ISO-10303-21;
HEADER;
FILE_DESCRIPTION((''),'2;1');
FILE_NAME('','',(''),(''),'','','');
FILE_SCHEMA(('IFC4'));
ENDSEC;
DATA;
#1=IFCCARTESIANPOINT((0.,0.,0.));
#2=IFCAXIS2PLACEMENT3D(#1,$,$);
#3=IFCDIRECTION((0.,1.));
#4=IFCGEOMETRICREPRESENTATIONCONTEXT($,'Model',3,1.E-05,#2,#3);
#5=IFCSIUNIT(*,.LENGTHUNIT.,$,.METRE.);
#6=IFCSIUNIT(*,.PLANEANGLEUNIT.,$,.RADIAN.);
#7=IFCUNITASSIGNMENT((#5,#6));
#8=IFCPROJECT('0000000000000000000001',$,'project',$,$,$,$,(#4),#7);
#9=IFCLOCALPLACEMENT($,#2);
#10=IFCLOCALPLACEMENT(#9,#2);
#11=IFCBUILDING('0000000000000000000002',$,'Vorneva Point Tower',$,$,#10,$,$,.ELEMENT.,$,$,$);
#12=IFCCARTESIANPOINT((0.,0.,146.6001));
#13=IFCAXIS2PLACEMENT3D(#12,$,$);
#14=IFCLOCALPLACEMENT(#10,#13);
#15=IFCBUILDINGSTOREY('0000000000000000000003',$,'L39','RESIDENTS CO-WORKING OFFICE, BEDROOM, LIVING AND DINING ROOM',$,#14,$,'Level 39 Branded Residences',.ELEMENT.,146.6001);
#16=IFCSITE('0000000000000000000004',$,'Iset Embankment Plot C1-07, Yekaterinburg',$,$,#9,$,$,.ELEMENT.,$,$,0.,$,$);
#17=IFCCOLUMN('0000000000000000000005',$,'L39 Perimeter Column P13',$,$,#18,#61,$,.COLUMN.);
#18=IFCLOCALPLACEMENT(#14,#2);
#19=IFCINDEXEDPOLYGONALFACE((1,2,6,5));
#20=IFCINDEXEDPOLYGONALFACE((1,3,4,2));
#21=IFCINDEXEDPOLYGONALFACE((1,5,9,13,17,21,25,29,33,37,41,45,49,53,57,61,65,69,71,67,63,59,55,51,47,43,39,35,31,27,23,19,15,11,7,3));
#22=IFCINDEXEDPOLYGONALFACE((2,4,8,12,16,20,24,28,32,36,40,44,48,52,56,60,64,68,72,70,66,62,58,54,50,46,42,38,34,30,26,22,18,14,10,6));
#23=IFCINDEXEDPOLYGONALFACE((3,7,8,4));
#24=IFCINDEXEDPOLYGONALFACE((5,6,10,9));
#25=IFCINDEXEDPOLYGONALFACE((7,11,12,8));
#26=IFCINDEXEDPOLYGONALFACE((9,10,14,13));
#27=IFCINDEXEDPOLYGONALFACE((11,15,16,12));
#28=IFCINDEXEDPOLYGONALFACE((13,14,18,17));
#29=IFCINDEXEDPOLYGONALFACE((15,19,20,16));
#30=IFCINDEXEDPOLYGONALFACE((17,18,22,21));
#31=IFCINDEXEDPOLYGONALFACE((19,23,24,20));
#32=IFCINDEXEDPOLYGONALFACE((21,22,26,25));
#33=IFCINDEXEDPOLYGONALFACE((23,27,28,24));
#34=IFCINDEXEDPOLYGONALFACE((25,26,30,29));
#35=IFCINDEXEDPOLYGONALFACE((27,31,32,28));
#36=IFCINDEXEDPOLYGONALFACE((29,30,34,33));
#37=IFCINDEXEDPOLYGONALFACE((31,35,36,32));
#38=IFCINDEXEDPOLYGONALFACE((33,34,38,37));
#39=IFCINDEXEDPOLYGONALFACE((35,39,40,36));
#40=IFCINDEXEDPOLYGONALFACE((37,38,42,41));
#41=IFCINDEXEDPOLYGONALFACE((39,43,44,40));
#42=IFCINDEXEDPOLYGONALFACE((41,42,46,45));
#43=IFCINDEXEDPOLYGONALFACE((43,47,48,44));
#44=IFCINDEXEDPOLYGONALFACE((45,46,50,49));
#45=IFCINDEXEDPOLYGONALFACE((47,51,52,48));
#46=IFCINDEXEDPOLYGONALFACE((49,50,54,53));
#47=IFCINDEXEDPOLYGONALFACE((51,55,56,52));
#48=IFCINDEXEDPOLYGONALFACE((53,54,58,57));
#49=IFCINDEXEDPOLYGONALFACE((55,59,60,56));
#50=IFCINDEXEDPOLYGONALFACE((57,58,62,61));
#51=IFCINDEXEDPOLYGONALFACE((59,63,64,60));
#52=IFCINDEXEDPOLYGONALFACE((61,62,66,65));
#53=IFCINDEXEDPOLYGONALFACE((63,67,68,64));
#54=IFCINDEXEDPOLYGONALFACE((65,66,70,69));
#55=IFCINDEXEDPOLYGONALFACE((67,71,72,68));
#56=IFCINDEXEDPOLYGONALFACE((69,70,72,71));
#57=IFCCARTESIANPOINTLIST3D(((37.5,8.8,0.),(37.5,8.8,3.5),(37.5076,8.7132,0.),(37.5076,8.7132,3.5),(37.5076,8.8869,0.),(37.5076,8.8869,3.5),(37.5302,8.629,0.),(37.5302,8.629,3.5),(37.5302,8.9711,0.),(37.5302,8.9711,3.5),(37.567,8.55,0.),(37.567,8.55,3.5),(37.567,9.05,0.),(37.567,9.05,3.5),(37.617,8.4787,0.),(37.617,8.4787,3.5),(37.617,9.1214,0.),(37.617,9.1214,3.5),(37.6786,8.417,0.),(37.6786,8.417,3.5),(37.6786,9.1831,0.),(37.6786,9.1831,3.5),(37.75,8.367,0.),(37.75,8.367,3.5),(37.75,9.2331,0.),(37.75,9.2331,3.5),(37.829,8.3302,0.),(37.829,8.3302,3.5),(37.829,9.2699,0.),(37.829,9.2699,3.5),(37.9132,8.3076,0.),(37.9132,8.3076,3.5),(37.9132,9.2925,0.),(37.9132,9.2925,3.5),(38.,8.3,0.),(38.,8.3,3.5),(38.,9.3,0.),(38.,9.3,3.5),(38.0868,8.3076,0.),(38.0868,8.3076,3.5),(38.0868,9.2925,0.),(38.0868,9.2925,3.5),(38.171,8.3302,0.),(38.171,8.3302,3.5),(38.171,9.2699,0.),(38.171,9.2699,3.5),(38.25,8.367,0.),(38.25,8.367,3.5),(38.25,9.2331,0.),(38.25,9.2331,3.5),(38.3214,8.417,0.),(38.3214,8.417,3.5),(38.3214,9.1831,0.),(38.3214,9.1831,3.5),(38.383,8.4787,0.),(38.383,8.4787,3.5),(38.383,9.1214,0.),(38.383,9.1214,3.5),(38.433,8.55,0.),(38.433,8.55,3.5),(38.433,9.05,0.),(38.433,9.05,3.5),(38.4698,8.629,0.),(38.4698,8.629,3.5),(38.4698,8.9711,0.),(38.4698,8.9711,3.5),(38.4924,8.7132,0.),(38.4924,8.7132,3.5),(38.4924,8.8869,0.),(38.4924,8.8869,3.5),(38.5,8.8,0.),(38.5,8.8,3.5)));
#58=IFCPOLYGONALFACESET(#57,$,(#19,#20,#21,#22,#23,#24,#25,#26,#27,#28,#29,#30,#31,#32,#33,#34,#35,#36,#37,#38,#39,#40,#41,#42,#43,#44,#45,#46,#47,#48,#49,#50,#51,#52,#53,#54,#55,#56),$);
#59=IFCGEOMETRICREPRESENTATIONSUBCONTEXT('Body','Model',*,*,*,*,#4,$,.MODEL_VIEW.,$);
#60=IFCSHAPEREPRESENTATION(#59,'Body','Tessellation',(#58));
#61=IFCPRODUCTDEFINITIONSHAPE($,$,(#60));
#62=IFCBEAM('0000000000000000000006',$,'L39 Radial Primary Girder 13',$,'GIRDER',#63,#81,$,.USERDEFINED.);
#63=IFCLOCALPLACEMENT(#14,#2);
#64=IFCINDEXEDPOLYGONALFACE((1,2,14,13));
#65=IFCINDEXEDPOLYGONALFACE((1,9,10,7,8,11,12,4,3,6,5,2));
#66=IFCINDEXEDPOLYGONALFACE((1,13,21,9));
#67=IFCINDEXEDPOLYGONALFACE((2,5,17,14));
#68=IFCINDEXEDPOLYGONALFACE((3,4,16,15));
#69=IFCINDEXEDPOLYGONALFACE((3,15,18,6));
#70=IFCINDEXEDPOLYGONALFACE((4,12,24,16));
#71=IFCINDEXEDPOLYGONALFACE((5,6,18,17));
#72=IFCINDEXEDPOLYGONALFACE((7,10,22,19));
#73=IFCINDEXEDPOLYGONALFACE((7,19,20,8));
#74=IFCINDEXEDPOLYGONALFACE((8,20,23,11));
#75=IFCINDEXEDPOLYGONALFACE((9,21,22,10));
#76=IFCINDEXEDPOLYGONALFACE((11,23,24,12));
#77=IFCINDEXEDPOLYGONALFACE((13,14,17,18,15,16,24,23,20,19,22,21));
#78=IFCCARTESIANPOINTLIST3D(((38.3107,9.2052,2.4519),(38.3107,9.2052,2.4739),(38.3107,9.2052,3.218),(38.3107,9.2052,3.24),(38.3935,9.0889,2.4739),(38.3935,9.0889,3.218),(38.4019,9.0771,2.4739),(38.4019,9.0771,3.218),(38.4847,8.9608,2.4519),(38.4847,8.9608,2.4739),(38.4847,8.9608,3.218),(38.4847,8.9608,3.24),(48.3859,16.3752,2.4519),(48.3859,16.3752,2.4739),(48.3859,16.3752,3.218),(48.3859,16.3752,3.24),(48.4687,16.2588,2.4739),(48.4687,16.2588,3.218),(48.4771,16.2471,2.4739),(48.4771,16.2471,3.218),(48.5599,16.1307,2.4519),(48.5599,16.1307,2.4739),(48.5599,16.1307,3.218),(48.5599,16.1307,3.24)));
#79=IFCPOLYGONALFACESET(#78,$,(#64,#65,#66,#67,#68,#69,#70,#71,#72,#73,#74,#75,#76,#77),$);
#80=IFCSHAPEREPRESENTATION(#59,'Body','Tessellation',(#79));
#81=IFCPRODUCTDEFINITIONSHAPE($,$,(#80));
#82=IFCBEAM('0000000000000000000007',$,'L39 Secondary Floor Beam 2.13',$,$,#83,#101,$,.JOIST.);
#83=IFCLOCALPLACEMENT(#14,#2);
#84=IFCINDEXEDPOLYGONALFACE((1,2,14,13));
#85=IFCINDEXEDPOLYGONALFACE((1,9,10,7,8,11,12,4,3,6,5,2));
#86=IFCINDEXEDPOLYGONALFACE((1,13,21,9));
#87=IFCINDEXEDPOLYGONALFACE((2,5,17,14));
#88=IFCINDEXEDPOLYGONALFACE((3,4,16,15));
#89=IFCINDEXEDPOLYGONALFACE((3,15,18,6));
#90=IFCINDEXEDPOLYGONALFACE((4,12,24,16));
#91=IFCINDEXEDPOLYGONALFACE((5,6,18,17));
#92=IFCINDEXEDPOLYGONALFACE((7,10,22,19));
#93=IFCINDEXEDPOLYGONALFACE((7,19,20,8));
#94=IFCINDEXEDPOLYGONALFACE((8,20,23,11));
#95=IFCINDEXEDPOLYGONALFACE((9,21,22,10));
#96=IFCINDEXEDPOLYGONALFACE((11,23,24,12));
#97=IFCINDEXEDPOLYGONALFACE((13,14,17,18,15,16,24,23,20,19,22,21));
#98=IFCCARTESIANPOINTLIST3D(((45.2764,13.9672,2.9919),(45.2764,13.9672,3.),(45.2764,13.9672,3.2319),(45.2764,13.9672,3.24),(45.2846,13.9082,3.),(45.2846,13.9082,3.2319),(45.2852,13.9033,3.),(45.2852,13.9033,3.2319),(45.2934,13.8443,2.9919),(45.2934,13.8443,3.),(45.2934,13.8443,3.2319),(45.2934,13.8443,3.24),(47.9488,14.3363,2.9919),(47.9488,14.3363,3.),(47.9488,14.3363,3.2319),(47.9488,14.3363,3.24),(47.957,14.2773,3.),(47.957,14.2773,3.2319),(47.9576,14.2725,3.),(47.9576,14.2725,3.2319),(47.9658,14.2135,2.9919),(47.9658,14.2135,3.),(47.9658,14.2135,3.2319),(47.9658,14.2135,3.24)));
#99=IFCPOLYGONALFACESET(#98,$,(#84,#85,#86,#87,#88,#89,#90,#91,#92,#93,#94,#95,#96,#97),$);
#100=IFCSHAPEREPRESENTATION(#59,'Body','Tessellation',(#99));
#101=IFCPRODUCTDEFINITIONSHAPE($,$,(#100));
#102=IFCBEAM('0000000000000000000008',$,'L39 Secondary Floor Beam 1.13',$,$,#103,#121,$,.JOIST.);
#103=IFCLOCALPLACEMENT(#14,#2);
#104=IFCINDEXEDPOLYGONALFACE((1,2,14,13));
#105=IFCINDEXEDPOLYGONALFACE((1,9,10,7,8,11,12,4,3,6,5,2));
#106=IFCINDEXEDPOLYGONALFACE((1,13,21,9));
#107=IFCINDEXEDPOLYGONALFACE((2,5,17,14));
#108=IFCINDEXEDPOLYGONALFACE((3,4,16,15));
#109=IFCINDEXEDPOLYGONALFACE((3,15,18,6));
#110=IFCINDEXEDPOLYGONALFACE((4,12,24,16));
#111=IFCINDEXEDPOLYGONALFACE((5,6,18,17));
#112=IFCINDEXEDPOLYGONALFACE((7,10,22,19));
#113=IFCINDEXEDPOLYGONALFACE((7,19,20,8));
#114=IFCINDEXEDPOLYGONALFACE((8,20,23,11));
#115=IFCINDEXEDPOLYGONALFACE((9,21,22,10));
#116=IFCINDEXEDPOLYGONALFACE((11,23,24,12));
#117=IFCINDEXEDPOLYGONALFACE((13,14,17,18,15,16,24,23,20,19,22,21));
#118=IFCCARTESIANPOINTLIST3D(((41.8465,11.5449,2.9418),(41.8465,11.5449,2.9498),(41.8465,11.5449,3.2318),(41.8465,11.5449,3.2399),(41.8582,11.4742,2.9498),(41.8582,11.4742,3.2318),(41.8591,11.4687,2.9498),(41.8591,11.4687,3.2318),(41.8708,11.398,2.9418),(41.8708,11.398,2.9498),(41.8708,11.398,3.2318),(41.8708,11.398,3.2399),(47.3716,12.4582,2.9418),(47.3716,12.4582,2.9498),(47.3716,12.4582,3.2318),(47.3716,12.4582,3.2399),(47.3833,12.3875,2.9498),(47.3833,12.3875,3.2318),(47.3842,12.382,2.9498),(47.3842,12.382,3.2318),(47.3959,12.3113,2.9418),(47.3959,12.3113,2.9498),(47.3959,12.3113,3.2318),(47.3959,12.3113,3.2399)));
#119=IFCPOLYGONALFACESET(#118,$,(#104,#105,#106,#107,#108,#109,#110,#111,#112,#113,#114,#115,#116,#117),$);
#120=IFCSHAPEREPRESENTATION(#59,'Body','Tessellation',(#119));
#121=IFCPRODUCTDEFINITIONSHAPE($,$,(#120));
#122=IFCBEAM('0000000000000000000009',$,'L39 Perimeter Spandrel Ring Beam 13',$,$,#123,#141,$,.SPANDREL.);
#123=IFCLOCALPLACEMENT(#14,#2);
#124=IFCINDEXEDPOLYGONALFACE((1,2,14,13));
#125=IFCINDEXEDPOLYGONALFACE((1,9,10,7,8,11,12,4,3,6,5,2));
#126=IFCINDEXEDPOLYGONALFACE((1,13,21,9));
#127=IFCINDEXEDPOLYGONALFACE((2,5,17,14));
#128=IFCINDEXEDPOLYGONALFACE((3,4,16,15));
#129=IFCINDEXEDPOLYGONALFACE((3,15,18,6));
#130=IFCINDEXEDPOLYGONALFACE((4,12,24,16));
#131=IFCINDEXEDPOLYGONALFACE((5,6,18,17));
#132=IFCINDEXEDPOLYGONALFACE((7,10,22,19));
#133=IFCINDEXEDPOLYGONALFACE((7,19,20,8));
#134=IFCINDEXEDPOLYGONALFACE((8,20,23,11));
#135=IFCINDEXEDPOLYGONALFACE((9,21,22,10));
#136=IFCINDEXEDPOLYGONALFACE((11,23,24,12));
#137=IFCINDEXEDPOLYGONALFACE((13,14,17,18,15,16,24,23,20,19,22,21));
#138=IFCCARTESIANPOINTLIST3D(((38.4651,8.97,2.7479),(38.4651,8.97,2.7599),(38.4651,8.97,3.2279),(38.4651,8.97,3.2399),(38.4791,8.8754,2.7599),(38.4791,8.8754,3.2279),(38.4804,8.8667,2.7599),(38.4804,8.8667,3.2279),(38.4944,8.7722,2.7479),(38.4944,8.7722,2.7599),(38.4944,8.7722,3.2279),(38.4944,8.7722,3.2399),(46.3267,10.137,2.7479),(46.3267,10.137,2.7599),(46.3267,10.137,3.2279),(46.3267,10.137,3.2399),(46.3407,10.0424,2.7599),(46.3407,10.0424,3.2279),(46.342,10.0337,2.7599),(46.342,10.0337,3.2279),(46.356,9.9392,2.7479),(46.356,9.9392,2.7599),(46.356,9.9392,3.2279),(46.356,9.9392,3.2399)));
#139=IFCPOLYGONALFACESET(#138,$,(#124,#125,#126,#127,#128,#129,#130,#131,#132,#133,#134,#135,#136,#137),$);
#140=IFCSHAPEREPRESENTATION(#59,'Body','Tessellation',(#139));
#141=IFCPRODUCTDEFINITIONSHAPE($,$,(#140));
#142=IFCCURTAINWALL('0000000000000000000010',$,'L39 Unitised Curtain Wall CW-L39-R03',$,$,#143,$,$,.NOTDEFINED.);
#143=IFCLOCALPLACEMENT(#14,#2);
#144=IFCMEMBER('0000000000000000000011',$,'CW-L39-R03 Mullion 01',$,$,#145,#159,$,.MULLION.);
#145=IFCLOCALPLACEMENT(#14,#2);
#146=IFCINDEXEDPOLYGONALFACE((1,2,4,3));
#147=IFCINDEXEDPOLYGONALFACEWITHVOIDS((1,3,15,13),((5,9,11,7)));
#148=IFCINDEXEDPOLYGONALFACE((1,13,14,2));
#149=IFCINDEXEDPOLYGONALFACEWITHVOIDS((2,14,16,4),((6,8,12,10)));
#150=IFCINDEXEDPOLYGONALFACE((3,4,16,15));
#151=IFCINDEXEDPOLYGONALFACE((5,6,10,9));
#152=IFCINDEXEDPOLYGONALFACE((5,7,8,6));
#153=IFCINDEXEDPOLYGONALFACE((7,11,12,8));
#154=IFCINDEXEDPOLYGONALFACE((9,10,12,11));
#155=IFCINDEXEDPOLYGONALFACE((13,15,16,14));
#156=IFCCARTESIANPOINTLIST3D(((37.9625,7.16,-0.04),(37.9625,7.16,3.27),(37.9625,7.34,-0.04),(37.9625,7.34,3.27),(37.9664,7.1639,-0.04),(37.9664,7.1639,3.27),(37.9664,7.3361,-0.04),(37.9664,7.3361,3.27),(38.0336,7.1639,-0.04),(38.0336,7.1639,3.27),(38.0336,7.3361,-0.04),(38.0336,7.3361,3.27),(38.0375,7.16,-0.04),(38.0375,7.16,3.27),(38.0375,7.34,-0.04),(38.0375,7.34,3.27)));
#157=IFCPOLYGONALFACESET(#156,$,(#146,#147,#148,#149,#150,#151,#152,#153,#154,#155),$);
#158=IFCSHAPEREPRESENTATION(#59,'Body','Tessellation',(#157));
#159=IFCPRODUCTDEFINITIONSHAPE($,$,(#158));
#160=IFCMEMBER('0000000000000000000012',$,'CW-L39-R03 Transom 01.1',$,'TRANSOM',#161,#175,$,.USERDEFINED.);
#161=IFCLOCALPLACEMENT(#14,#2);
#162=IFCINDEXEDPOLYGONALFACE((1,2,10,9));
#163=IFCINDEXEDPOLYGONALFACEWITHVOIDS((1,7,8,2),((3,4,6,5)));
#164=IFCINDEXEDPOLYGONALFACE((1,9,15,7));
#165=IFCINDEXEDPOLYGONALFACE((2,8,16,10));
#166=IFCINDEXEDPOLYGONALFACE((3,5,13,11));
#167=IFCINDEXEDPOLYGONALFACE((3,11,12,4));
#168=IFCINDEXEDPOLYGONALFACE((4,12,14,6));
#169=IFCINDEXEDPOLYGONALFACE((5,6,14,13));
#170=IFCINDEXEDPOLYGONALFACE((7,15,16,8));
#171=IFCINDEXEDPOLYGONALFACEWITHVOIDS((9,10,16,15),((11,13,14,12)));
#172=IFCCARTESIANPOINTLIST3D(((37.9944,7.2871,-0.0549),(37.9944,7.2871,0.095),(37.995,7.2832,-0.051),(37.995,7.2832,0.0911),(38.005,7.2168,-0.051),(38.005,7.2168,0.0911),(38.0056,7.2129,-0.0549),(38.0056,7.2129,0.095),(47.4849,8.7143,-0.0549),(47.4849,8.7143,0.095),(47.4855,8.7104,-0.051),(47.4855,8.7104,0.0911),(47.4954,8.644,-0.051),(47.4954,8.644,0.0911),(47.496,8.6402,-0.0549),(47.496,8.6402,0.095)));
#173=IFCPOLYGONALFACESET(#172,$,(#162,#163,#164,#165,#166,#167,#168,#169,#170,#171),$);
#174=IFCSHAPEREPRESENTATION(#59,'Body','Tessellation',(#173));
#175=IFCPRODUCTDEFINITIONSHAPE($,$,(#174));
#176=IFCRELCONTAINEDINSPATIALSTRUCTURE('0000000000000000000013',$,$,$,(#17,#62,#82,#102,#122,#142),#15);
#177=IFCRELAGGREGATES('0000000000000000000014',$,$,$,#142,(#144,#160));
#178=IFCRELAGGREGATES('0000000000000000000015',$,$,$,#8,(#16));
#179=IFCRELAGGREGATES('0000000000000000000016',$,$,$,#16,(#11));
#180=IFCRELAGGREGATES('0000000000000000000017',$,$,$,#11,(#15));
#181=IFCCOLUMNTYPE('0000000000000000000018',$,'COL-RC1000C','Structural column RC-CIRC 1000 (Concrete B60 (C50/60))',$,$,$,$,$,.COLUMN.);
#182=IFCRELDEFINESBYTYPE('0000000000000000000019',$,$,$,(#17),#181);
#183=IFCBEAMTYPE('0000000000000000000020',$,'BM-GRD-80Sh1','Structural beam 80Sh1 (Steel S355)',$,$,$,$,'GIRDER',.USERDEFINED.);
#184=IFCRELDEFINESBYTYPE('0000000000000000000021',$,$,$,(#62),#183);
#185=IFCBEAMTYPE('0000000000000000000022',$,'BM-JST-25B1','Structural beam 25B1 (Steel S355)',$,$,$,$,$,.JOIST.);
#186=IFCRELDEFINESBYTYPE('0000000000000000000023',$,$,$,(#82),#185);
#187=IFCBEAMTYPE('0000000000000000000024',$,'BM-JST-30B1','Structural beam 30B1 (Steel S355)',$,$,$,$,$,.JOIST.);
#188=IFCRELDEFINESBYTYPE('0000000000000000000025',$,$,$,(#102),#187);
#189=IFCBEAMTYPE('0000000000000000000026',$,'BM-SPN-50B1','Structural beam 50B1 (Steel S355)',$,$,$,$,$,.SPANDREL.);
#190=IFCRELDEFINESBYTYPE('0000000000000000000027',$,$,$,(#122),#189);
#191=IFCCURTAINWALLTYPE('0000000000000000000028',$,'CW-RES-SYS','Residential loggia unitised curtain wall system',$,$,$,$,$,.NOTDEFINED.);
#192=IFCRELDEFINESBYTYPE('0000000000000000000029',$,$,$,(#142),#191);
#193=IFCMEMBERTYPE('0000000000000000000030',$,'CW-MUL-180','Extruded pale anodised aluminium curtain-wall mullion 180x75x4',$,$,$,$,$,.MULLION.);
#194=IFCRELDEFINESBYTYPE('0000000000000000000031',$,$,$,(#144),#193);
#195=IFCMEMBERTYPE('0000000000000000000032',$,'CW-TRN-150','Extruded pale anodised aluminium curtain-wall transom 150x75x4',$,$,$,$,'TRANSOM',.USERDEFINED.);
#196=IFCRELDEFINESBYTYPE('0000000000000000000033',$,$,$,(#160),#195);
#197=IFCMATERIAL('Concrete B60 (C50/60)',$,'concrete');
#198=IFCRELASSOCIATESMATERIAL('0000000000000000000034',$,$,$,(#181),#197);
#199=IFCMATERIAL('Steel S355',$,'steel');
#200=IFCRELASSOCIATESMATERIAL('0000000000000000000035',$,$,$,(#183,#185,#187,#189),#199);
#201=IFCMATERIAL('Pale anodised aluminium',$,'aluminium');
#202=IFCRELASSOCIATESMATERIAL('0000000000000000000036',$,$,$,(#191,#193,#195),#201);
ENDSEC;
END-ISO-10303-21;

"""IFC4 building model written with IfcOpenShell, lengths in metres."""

from ifc_helpers import new_model, si_unit, direction, frame, origin, origin_2d, place, context, subcontext, project, spatial, hollow_rectangle, circle, i_section, extrude, material, material_profile, profile_set, type_object, element, aggregate, save


model = new_model("IFC4")

# Units and contexts
model_context = context("Model", 3, precision=1e-05, world=origin(), true_north=direction((0.0, 1.0)))
body_context = subcontext(model_context, "Body", "Model", "MODEL_VIEW")
ifc_project = project(units=[si_unit("LENGTHUNIT", "METRE"), si_unit("PLANEANGLEUNIT", "RADIAN")], contexts=[model_context])

# Site, building, storey
site_placement = place(None, origin())
site = spatial("IfcSite", under=ifc_project, at=site_placement, Name="Iset Embankment Plot C1-07, Yekaterinburg", CompositionType="ELEMENT", RefElevation=0.0)
building_placement = place(site_placement, origin())
building = spatial("IfcBuilding", under=site, at=building_placement, Name="Vorneva Point Tower", CompositionType="ELEMENT")
storey_placement = place(building_placement, frame((0.0, 0.0, 146.6001)))
storey = spatial("IfcBuildingStorey", under=building, at=storey_placement, Name="L39", Description="RESIDENTS CO-WORKING OFFICE, BEDROOM, LIVING AND DINING ROOM", LongName="Level 39 Branded Residences", CompositionType="ELEMENT", Elevation=146.6001)

# Column
ifc_material_1 = material(Name="Concrete B60 (C50/60)", Category="concrete")
ifc_material_profile_1 = material_profile(ifc_material_1, circle(Radius=0.5, at=origin_2d()), Name="RC-CIRC 1000")
ifc_profile_set_1 = profile_set([ifc_material_profile_1], Name="Concrete B60 (C50/60)")
column_type = type_object("IfcColumnType", Name="COL-RC1000C", Description="Structural column RC-CIRC 1000 (Concrete B60 (C50/60))", PredefinedType="COLUMN", material=ifc_profile_set_1)
column_placement = place(storey_placement, frame((38.0, 8.8, 0.0), z_axis=(0.0, 0.0, 1.0), x_axis=(0.0, -1.0, 0.0)))
element("IfcColumn", 1, at=column_placement, inside=storey, type_object=column_type, Name="L39 Perimeter Column P13", PredefinedType="COLUMN", context=body_context, shape_type="SweptSolid", body=[
    extrude(circle(Radius=0.5, at=origin_2d()), origin(), (0.0, 0.0, 1.0), 3.5),
])

# Beams
ifc_material_2 = material(Name="Steel S355", Category="steel")
ifc_material_profile_2 = material_profile(ifc_material_2, i_section(OverallWidth=0.3, OverallDepth=0.7881, WebThickness=0.0144, FlangeThickness=0.022, at=origin_2d()), Name="80Sh1")
ifc_profile_set_2 = profile_set([ifc_material_profile_2], Name="Steel S355")
beam_type_1 = type_object("IfcBeamType", Name="BM-GRD-80Sh1", Description="Structural beam 80Sh1 (Steel S355)", ElementType="GIRDER", PredefinedType="USERDEFINED", material=ifc_profile_set_2)
beam_1_placement = place(storey_placement, frame((38.3977, 9.083, 2.8459), z_axis=(0.814751, 0.57981, 0.0), x_axis=(-0.57981, 0.814751, 0.0)))
element("IfcBeam", 2, at=beam_1_placement, inside=storey, type_object=beam_type_1, Name="L39 Radial Primary Girder 13", ObjectType="GIRDER", PredefinedType="USERDEFINED", context=body_context, shape_type="SweptSolid", body=[
    extrude(i_section(OverallWidth=0.3, OverallDepth=0.7881, WebThickness=0.0144, FlangeThickness=0.022, at=origin_2d()), origin(), (0.0, 0.0, 1.0), 12.366),
])
ifc_material_profile_3 = material_profile(ifc_material_2, i_section(OverallWidth=0.124, OverallDepth=0.248, WebThickness=0.0049, FlangeThickness=0.0081, at=origin_2d()), Name="25B1")
ifc_profile_set_3 = profile_set([ifc_material_profile_3], Name="Steel S355")
beam_type_2 = type_object("IfcBeamType", Name="BM-JST-25B1", Description="Structural beam 25B1 (Steel S355)", PredefinedType="JOIST", material=ifc_profile_set_3)
beam_2_placement = place(storey_placement, frame((45.2849, 13.9058, 3.116), z_axis=(0.990594, 0.136833, 0.0), x_axis=(-0.136833, 0.990594, 0.0)))
element("IfcBeam", 3, at=beam_2_placement, inside=storey, type_object=beam_type_2, Name="L39 Secondary Floor Beam 2.13", PredefinedType="JOIST", context=body_context, shape_type="SweptSolid", body=[
    extrude(i_section(OverallWidth=0.124, OverallDepth=0.248, WebThickness=0.0049, FlangeThickness=0.0081, at=origin_2d()), origin(), (0.0, 0.0, 1.0), 2.6978),
])
ifc_material_profile_4 = material_profile(ifc_material_2, i_section(OverallWidth=0.1489, OverallDepth=0.2981, WebThickness=0.0056, FlangeThickness=0.0081, at=origin_2d()), Name="30B1")
ifc_profile_set_4 = profile_set([ifc_material_profile_4], Name="Steel S355")
beam_type_3 = type_object("IfcBeamType", Name="BM-JST-30B1", Description="Structural beam 30B1 (Steel S355)", PredefinedType="JOIST", material=ifc_profile_set_4)
beam_3_placement = place(storey_placement, frame((41.8586, 11.4714, 3.0908), z_axis=(0.986611, 0.163091, 0.0), x_axis=(-0.163091, 0.986611, 0.0)))
element("IfcBeam", 4, at=beam_3_placement, inside=storey, type_object=beam_type_3, Name="L39 Secondary Floor Beam 1.13", PredefinedType="JOIST", context=body_context, shape_type="SweptSolid", body=[
    extrude(i_section(OverallWidth=0.1489, OverallDepth=0.2981, WebThickness=0.0056, FlangeThickness=0.0081, at=origin_2d()), origin(), (0.0, 0.0, 1.0), 5.6001),
])
ifc_material_profile_5 = material_profile(ifc_material_2, i_section(OverallWidth=0.2, OverallDepth=0.4919, WebThickness=0.0088, FlangeThickness=0.012, at=origin_2d()), Name="50B1")
ifc_profile_set_5 = profile_set([ifc_material_profile_5], Name="Steel S355")
beam_type_4 = type_object("IfcBeamType", Name="BM-SPN-50B1", Description="Structural beam 50B1 (Steel S355)", PredefinedType="SPANDREL", material=ifc_profile_set_5)
beam_4_placement = place(storey_placement, frame((38.4797, 8.8711, 2.9939), z_axis=(0.989161, 0.146834, 0.0), x_axis=(-0.146834, 0.989161, 0.0)))
element("IfcBeam", 5, at=beam_4_placement, inside=storey, type_object=beam_type_4, Name="L39 Perimeter Spandrel Ring Beam 13", PredefinedType="SPANDREL", context=body_context, shape_type="SweptSolid", body=[
    extrude(i_section(OverallWidth=0.2, OverallDepth=0.4919, WebThickness=0.0088, FlangeThickness=0.012, at=origin_2d()), origin(), (0.0, 0.0, 1.0), 7.9478),
])

# Curtain wall, members
ifc_material_3 = material(Name="Pale anodised aluminium", Category="aluminium")
curtain_wall_type = type_object("IfcCurtainWallType", Name="CW-RES-SYS", Description="Residential loggia unitised curtain wall system", PredefinedType="NOTDEFINED", material=ifc_material_3)
curtain_wall_placement = place(storey_placement, origin())
curtain_wall = element("IfcCurtainWall", 6, at=curtain_wall_placement, inside=storey, type_object=curtain_wall_type, Name="L39 Unitised Curtain Wall CW-L39-R03", PredefinedType="NOTDEFINED")
ifc_material_profile_6 = material_profile(ifc_material_3, hollow_rectangle(XDim=0.075, YDim=0.1799, WallThickness=0.0039, at=origin_2d()), Name="AL-MUL 180x75x4")
ifc_profile_set_6 = profile_set([ifc_material_profile_6], Name="Pale anodised aluminium")
member_type_1 = type_object("IfcMemberType", Name="CW-MUL-180", Description="Extruded pale anodised aluminium curtain-wall mullion 180x75x4", PredefinedType="MULLION", material=ifc_profile_set_6)
member_1_placement = place(storey_placement, frame((38.0, 7.25, -0.04), z_axis=(0.0, 0.0, 1.0), x_axis=(1.0, 0.0, 0.0)))
member_1 = element("IfcMember", 7, at=member_1_placement, type_object=member_type_1, Name="CW-L39-R03 Mullion 01", PredefinedType="MULLION", context=body_context, shape_type="SweptSolid", body=[
    extrude(hollow_rectangle(XDim=0.075, YDim=0.1799, WallThickness=0.0039, at=origin_2d()), origin(), (0.0, 0.0, 1.0), 3.3101),
])
ifc_material_profile_7 = material_profile(ifc_material_3, hollow_rectangle(XDim=0.075, YDim=0.1499, WallThickness=0.0039, at=origin_2d()), Name="AL-TRN 150x75x4")
ifc_profile_set_7 = profile_set([ifc_material_profile_7], Name="Pale anodised aluminium")
member_type_2 = type_object("IfcMemberType", Name="CW-TRN-150", Description="Extruded pale anodised aluminium curtain-wall transom 150x75x4", ElementType="TRANSOM", PredefinedType="USERDEFINED", material=ifc_profile_set_7)
member_2_placement = place(storey_placement, frame((38.0, 7.25, 0.02), z_axis=(0.98888, 0.148715, 0.0), x_axis=(-0.148715, 0.98888, 0.0)))
member_2 = element("IfcMember", 8, at=member_2_placement, type_object=member_type_2, Name="CW-L39-R03 Transom 01.1", ObjectType="TRANSOM", PredefinedType="USERDEFINED", context=body_context, shape_type="SweptSolid", body=[
    extrude(hollow_rectangle(XDim=0.075, YDim=0.1499, WallThickness=0.0039, at=origin_2d()), origin(), (0.0, 0.0, 1.0), 9.5972),
])
aggregate(curtain_wall, [member_1, member_2])

save(model, "model.ifc")
